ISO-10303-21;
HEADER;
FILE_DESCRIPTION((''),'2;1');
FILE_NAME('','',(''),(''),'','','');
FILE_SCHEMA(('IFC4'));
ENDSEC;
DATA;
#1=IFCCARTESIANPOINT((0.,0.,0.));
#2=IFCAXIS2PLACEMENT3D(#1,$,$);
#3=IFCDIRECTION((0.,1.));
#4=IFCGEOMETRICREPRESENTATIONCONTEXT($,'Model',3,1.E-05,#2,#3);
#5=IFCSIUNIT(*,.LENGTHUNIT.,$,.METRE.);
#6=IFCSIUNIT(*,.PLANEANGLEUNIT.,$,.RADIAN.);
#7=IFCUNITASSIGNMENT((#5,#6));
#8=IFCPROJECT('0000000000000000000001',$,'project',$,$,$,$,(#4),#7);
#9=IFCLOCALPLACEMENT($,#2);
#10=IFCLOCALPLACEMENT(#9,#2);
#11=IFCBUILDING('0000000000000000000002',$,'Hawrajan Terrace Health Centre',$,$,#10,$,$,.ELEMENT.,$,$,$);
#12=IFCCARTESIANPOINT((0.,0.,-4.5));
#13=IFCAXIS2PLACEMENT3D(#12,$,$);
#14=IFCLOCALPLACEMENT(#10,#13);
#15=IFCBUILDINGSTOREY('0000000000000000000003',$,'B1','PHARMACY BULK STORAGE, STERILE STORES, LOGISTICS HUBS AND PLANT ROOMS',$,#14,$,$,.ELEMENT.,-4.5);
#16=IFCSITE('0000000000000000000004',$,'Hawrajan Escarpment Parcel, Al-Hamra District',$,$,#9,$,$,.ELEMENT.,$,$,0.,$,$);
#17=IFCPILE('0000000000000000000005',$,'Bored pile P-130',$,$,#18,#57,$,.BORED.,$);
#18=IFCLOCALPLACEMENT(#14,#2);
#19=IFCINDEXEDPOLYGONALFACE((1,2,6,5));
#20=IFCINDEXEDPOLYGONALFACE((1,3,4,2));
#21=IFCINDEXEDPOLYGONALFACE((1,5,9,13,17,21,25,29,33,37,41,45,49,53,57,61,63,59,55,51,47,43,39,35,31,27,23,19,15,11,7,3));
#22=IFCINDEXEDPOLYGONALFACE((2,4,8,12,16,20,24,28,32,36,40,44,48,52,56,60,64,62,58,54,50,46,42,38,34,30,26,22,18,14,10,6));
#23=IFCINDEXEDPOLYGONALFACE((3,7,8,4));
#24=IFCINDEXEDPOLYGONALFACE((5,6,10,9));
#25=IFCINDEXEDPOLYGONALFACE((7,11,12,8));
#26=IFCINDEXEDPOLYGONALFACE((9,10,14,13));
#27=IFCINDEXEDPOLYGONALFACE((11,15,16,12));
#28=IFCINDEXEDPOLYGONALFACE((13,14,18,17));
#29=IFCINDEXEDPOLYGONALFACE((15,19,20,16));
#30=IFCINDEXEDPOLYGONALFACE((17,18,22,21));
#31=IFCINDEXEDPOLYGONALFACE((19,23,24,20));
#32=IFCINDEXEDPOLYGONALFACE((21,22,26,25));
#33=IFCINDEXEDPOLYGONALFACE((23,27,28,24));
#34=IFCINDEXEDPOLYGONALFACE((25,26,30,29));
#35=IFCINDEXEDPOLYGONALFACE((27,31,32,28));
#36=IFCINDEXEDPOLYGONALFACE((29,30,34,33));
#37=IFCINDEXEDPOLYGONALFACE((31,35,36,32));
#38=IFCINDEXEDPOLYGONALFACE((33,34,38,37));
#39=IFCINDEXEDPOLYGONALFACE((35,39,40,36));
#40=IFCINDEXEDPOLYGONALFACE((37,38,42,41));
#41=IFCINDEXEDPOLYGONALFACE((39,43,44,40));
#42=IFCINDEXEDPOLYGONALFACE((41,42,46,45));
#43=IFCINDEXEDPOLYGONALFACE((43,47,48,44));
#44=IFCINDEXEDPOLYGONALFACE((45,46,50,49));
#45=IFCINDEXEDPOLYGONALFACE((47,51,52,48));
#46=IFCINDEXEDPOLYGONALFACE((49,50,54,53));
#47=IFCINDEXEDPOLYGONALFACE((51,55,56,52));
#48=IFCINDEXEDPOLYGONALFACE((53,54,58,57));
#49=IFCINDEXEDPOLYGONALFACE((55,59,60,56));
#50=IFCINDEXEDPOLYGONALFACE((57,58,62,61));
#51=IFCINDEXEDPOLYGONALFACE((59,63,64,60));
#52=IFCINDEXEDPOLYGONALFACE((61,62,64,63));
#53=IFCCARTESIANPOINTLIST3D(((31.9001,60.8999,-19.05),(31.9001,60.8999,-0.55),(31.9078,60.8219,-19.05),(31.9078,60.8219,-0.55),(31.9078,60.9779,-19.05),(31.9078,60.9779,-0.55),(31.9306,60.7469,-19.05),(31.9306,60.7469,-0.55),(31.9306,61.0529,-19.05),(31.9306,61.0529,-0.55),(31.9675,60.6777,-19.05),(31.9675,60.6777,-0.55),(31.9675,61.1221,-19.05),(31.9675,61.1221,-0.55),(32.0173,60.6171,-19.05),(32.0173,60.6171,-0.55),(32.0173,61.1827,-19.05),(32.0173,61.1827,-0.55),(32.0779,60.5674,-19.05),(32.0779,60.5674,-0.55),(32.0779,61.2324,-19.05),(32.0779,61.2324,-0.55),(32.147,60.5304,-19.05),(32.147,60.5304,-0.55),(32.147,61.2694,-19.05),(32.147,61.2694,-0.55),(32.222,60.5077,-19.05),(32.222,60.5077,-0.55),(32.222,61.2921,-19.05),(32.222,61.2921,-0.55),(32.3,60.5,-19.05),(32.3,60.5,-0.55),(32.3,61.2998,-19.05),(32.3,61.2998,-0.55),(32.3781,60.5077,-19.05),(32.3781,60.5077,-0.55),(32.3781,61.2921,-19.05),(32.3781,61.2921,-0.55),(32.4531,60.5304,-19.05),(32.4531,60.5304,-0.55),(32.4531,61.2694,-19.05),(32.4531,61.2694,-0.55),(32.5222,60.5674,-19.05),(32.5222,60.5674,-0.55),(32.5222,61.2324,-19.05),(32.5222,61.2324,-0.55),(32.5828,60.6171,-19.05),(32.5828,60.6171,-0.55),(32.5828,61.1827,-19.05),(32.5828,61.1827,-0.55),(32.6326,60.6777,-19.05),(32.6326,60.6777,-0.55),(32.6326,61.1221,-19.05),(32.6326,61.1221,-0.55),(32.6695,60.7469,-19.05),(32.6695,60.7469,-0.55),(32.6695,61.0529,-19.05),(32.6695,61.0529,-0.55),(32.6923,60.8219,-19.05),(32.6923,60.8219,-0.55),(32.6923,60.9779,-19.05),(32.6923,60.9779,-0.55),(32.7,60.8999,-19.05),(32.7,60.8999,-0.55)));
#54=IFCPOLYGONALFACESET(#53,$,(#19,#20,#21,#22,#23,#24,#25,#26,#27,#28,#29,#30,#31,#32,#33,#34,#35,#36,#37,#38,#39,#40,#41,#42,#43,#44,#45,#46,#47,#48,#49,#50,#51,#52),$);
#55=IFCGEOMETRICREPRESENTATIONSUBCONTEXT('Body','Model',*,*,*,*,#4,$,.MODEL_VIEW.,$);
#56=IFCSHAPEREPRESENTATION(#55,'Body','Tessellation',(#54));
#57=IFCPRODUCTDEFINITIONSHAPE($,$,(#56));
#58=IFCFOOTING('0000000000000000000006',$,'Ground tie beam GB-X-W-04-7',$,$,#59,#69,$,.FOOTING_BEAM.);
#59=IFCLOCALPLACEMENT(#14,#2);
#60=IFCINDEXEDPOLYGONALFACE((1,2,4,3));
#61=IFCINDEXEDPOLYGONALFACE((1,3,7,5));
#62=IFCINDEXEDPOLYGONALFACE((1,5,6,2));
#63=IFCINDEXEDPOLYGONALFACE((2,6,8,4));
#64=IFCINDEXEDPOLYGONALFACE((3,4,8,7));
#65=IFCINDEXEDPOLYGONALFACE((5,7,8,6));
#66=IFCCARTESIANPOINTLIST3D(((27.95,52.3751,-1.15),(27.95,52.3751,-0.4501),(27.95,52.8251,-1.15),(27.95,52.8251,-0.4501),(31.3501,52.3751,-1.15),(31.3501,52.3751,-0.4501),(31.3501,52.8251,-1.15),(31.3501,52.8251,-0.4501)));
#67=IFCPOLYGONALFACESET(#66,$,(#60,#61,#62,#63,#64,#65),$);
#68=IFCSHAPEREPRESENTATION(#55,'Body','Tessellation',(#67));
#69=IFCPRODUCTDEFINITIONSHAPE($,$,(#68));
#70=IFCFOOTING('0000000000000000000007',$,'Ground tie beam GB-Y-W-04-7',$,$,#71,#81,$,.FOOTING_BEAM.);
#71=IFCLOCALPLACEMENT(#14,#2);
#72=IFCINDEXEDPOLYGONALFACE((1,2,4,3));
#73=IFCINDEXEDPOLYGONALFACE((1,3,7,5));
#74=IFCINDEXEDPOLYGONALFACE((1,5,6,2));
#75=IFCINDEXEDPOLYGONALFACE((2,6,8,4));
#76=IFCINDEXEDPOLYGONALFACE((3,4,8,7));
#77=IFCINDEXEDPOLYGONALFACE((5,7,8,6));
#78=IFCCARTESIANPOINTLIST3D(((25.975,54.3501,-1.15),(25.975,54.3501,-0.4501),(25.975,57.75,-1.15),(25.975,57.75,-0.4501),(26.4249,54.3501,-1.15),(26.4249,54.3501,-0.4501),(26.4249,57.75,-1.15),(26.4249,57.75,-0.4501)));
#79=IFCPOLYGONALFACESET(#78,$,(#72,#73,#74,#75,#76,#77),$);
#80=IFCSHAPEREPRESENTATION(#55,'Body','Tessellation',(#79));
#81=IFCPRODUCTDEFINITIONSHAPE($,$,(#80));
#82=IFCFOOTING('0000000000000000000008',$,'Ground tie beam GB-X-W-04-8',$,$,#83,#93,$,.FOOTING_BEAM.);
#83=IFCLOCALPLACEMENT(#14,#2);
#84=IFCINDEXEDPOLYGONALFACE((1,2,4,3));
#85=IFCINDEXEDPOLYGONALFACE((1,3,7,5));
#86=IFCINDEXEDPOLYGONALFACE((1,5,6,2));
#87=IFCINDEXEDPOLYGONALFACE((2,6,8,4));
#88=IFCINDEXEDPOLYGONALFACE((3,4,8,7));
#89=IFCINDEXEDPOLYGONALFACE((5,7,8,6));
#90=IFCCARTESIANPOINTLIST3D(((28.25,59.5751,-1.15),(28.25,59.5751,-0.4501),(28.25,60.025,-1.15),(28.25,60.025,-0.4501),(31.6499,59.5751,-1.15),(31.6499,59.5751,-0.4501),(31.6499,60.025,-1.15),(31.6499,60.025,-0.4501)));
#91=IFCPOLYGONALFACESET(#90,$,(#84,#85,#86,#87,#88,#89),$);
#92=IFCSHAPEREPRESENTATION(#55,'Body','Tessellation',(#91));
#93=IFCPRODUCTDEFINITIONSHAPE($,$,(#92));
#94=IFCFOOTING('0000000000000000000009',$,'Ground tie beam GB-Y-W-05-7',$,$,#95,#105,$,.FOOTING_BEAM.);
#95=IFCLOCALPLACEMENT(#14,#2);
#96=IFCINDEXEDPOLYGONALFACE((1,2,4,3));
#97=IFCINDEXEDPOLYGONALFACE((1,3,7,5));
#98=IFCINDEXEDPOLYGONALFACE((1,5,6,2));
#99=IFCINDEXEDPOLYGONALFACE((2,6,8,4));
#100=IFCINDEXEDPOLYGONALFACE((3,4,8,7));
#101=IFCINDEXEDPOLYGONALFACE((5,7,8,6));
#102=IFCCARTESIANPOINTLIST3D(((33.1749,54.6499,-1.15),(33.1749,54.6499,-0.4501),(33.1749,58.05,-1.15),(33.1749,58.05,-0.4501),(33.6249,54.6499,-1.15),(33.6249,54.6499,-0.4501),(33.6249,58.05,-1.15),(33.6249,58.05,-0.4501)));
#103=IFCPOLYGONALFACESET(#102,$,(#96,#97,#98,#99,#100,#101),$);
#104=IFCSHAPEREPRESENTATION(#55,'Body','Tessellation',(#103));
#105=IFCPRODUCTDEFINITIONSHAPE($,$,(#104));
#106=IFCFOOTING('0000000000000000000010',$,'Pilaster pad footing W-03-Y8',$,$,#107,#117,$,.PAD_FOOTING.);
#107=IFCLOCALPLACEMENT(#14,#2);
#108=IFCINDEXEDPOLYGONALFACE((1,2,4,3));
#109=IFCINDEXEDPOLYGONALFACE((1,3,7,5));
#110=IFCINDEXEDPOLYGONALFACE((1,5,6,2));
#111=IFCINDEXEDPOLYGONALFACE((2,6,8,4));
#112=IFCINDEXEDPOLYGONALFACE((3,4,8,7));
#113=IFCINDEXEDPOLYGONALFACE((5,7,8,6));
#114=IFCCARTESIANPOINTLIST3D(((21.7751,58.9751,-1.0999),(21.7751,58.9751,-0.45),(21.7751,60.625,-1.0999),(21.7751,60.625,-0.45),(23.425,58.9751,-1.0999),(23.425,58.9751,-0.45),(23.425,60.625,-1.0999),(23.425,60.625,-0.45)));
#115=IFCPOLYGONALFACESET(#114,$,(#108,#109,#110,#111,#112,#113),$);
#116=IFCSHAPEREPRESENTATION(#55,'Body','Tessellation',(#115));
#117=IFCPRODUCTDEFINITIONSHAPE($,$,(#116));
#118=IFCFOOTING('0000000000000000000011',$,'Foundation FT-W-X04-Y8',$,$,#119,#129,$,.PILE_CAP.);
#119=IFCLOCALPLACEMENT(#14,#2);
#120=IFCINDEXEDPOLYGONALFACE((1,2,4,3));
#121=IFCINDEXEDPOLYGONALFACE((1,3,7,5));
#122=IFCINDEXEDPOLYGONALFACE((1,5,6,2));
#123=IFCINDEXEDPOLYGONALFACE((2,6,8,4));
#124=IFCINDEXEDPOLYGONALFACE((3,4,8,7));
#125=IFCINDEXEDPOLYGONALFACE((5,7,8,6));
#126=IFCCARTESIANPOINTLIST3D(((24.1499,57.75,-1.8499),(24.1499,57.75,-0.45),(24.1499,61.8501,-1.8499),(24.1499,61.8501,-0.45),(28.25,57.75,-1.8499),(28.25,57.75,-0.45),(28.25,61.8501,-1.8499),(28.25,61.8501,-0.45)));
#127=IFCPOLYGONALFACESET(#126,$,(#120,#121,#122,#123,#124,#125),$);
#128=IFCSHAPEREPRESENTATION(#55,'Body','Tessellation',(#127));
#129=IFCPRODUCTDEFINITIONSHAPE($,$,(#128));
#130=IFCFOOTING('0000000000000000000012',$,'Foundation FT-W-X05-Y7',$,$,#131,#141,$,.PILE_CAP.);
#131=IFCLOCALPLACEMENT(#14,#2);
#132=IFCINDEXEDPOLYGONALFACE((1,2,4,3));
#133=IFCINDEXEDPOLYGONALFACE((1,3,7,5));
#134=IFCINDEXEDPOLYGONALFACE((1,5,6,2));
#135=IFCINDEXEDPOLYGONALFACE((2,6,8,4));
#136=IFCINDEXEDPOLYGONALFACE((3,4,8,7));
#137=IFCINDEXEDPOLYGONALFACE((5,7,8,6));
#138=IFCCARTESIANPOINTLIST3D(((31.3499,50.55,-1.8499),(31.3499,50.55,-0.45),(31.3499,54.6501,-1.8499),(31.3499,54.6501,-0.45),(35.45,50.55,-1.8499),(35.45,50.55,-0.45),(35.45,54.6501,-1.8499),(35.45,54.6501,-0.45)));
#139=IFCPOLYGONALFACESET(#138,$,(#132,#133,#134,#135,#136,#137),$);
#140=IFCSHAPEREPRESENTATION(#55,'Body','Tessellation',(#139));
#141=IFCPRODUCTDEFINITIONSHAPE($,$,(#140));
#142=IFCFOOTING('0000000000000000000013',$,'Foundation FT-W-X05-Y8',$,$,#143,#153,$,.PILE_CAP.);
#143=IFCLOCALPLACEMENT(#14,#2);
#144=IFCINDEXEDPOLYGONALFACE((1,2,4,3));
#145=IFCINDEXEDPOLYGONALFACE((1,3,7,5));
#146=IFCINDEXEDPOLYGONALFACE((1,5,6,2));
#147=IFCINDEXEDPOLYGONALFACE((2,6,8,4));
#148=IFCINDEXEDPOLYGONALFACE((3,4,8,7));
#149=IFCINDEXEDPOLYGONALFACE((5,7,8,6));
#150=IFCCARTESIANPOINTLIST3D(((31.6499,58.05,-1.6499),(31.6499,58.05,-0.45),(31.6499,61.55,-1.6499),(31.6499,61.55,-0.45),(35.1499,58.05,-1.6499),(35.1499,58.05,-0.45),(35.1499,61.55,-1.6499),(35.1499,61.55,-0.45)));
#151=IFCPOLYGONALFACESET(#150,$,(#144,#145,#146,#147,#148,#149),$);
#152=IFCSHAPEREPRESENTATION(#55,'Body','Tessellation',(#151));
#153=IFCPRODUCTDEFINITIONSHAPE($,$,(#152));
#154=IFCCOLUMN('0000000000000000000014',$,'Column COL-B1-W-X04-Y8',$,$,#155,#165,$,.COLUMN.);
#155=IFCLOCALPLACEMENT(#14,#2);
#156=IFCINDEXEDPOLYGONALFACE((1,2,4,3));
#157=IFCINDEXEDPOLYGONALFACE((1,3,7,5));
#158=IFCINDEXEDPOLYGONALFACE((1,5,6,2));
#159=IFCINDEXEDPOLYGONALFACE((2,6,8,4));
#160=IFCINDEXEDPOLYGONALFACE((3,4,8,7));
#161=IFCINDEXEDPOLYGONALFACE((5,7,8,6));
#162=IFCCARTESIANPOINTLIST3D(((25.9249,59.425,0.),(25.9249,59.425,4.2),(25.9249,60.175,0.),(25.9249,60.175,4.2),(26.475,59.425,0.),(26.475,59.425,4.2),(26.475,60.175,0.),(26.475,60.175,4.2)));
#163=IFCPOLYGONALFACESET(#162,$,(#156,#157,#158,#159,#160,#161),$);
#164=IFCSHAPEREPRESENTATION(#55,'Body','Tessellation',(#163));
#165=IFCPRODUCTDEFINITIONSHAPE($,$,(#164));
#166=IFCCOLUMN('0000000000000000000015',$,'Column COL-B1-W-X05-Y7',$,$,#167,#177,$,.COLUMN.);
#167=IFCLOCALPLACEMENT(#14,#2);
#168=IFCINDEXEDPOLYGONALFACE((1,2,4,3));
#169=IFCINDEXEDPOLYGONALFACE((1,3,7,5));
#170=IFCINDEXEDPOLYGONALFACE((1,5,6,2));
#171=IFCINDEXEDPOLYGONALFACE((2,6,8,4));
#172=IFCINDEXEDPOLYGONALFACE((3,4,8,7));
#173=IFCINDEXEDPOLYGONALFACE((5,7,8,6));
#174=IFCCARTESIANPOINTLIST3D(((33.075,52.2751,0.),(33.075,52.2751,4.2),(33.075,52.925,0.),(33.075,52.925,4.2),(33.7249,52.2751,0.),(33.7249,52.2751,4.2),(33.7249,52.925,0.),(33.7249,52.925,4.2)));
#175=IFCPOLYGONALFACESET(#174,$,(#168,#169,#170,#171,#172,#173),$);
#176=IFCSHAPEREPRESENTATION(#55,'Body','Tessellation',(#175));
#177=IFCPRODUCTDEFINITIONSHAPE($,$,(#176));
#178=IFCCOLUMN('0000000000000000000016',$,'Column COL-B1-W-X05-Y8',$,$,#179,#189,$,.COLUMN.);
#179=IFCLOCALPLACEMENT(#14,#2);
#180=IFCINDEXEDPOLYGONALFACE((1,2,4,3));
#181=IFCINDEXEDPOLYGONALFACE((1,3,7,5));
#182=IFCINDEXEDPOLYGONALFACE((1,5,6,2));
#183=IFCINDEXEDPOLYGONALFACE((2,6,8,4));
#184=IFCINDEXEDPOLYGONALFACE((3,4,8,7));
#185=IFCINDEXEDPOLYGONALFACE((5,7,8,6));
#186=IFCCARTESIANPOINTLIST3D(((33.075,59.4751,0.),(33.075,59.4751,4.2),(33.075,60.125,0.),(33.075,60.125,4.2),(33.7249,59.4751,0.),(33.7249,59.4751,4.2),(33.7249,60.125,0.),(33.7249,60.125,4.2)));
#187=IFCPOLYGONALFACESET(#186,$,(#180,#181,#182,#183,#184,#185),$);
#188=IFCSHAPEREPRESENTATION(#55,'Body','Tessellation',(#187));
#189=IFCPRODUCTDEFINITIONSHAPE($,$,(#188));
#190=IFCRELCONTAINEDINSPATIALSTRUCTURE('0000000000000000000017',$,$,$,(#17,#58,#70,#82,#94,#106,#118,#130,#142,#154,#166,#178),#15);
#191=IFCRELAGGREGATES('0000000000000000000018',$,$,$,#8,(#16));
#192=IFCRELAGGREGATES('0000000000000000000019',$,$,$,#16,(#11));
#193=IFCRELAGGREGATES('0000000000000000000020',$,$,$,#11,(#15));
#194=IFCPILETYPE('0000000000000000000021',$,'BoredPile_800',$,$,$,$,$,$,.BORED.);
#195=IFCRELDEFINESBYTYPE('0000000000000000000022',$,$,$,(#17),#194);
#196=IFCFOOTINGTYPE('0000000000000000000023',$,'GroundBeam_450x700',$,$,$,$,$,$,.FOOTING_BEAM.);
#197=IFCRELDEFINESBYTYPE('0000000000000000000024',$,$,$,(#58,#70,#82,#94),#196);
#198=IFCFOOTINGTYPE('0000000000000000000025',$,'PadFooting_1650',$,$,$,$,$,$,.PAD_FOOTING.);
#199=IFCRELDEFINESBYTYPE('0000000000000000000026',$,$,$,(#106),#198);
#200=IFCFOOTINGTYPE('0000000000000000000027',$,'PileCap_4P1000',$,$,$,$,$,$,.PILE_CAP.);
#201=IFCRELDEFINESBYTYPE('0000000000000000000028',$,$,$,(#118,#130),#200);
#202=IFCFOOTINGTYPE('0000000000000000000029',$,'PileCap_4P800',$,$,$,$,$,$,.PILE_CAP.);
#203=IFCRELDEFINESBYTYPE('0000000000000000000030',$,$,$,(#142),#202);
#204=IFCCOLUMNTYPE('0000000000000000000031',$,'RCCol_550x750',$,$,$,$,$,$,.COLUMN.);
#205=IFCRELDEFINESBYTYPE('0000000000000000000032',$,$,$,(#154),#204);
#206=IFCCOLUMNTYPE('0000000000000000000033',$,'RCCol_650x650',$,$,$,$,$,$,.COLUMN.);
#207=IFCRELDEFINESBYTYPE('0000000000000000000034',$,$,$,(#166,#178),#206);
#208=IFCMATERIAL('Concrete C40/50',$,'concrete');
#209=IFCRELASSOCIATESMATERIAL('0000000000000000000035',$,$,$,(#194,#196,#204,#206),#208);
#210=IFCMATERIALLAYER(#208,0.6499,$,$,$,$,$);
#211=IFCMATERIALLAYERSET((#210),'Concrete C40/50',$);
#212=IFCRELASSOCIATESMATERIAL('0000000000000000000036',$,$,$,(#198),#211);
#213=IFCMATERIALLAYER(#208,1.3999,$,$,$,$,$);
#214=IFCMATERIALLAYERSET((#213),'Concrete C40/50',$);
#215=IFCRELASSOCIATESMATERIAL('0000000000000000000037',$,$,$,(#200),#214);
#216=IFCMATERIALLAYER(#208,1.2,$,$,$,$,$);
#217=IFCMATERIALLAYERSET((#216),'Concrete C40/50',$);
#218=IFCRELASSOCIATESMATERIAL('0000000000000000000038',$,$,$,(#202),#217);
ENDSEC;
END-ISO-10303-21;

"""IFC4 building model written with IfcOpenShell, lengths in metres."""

from ifc_helpers import new_model, si_unit, direction, frame, origin, origin_2d, place, context, subcontext, project, spatial, rectangle, circle, extrude, material, layer, layer_set, material_profile, profile_set, type_object, element, save


model = new_model("IFC4")

# Units and contexts
model_context = context("Model", 3, precision=1e-05, world=origin(), true_north=direction((0.0, 1.0)))
body_context = subcontext(model_context, "Body", "Model", "MODEL_VIEW")
ifc_project = project(units=[si_unit("LENGTHUNIT", "METRE"), si_unit("PLANEANGLEUNIT", "RADIAN")], contexts=[model_context])

# Site, building, storey
site_placement = place(None, origin())
site = spatial("IfcSite", under=ifc_project, at=site_placement, Name="Hawrajan Escarpment Parcel, Al-Hamra District", CompositionType="ELEMENT", RefElevation=0.0)
building_placement = place(site_placement, origin())
building = spatial("IfcBuilding", under=site, at=building_placement, Name="Hawrajan Terrace Health Centre", CompositionType="ELEMENT")
storey_placement = place(building_placement, frame((0.0, 0.0, -4.5)))
storey = spatial("IfcBuildingStorey", under=building, at=storey_placement, Name="B1", Description="PHARMACY BULK STORAGE, STERILE STORES, LOGISTICS HUBS AND PLANT ROOMS", CompositionType="ELEMENT", Elevation=-4.5)

# Pile
ifc_material_1 = material(Name="Concrete C40/50", Category="concrete")
ifc_material_profile_1 = material_profile(ifc_material_1, circle(Radius=0.3999, at=origin_2d()), Name="BP 800")
ifc_profile_set_1 = profile_set([ifc_material_profile_1], Name="Concrete C40/50")
pile_type_1 = type_object("IfcPileType", Name="BoredPile_800", PredefinedType="BORED", material=ifc_profile_set_1)
for number, where, z_axis, x_axis, name in (
    (1, (32.3, 60.8999, -0.55), (0.0, 0.0, -1.0), (1.0, 0.0, 0.0), "Bored pile P-130"),
):
    element("IfcPile", number, at=place(storey_placement, frame(where, z_axis=z_axis, x_axis=x_axis)), inside=storey, type_object=pile_type_1, Name=name, PredefinedType="BORED", context=body_context, shape_type="SweptSolid", body=[
        extrude(circle(Radius=0.3999, at=origin_2d()), origin(), (0.0, 0.0, 1.0), 18.5),
    ])

# Footings
ifc_material_profile_2 = material_profile(ifc_material_1, rectangle(XDim=0.45, YDim=0.7, at=origin_2d()), Name="RC BM 450x700")
ifc_profile_set_2 = profile_set([ifc_material_profile_2], Name="Concrete C40/50")
footing_type_1 = type_object("IfcFootingType", Name="GroundBeam_450x700", PredefinedType="FOOTING_BEAM", material=ifc_profile_set_2)
footing_1_placement = place(storey_placement, frame((27.95, 52.6001, -0.8), z_axis=(1.0, 0.0, 0.0), x_axis=(0.0, 1.0, 0.0)))
element("IfcFooting", 2, at=footing_1_placement, inside=storey, type_object=footing_type_1, Name="Ground tie beam GB-X-W-04-7", PredefinedType="FOOTING_BEAM", context=body_context, shape_type="SweptSolid", body=[
    extrude(rectangle(XDim=0.45, YDim=0.7, at=origin_2d()), origin(), (0.0, 0.0, 1.0), 3.4001),
])
for number, where, z_axis, x_axis, name in (
    (3, (26.2, 54.3501, -0.8), (0.0, 1.0, 0.0), (-1.0, 0.0, 0.0), "Ground tie beam GB-Y-W-04-7"),
    (4, (28.25, 59.8, -0.8), (1.0, 0.0, 0.0), (0.0, 1.0, 0.0), "Ground tie beam GB-X-W-04-8"),
):
    element("IfcFooting", number, at=place(storey_placement, frame(where, z_axis=z_axis, x_axis=x_axis)), inside=storey, type_object=footing_type_1, Name=name, PredefinedType="FOOTING_BEAM", context=body_context, shape_type="SweptSolid", body=[
        extrude(rectangle(XDim=0.45, YDim=0.7, at=origin_2d()), origin(), (0.0, 0.0, 1.0), 3.3999),
    ])
footing_2_placement = place(storey_placement, frame((33.3999, 54.6499, -0.8), z_axis=(0.0, 1.0, 0.0), x_axis=(-1.0, 0.0, 0.0)))
element("IfcFooting", 5, at=footing_2_placement, inside=storey, type_object=footing_type_1, Name="Ground tie beam GB-Y-W-05-7", PredefinedType="FOOTING_BEAM", context=body_context, shape_type="SweptSolid", body=[
    extrude(rectangle(XDim=0.45, YDim=0.7, at=origin_2d()), origin(), (0.0, 0.0, 1.0), 3.4001),
])
ifc_layer_1 = layer(ifc_material_1, 0.6499)
ifc_layer_set_1 = layer_set([ifc_layer_1], Name="Concrete C40/50")
footing_type_2 = type_object("IfcFootingType", Name="PadFooting_1650", PredefinedType="PAD_FOOTING", material=ifc_layer_set_1)
footing_3_placement = place(storey_placement, frame((22.6001, 59.8, -1.0999), z_axis=(0.0, 0.0, 1.0), x_axis=(1.0, 0.0, 0.0)))
element("IfcFooting", 6, at=footing_3_placement, inside=storey, type_object=footing_type_2, Name="Pilaster pad footing W-03-Y8", PredefinedType="PAD_FOOTING", context=body_context, shape_type="SweptSolid", body=[
    extrude(rectangle(XDim=1.6499, YDim=1.6499, at=origin_2d()), origin(), (0.0, 0.0, 1.0), 0.6499),
])
ifc_layer_2 = layer(ifc_material_1, 1.3999)
ifc_layer_set_2 = layer_set([ifc_layer_2], Name="Concrete C40/50")
footing_type_3 = type_object("IfcFootingType", Name="PileCap_4P1000", PredefinedType="PILE_CAP", material=ifc_layer_set_2)
for number, where, z_axis, x_axis, name in (
    (7, (26.2, 59.8, -1.8499), (0.0, 0.0, 1.0), (1.0, 0.0, 0.0), "Foundation FT-W-X04-Y8"),
    (8, (33.3999, 52.6001, -1.8499), (0.0, 0.0, 1.0), (1.0, 0.0, 0.0), "Foundation FT-W-X05-Y7"),
):
    element("IfcFooting", number, at=place(storey_placement, frame(where, z_axis=z_axis, x_axis=x_axis)), inside=storey, type_object=footing_type_3, Name=name, PredefinedType="PILE_CAP", context=body_context, shape_type="SweptSolid", body=[
        extrude(rectangle(XDim=4.1001, YDim=4.1001, at=origin_2d()), origin(), (0.0, 0.0, 1.0), 1.3999),
    ])
ifc_layer_3 = layer(ifc_material_1, 1.2)
ifc_layer_set_3 = layer_set([ifc_layer_3], Name="Concrete C40/50")
footing_type_4 = type_object("IfcFootingType", Name="PileCap_4P800", PredefinedType="PILE_CAP", material=ifc_layer_set_3)
footing_4_placement = place(storey_placement, frame((33.3999, 59.8, -1.6499), z_axis=(0.0, 0.0, 1.0), x_axis=(1.0, 0.0, 0.0)))
element("IfcFooting", 9, at=footing_4_placement, inside=storey, type_object=footing_type_4, Name="Foundation FT-W-X05-Y8", PredefinedType="PILE_CAP", context=body_context, shape_type="SweptSolid", body=[
    extrude(rectangle(XDim=3.5, YDim=3.5, at=origin_2d()), origin(), (0.0, 0.0, 1.0), 1.2),
])

# Columns
ifc_material_profile_3 = material_profile(ifc_material_1, rectangle(XDim=0.55, YDim=0.75, at=origin_2d()), Name="RC 550x750")
ifc_profile_set_3 = profile_set([ifc_material_profile_3], Name="Concrete C40/50")
column_type_1 = type_object("IfcColumnType", Name="RCCol_550x750", PredefinedType="COLUMN", material=ifc_profile_set_3)
column_1_placement = place(storey_placement, frame((26.2, 59.8, 0.0), z_axis=(0.0, 0.0, 1.0), x_axis=(1.0, 0.0, 0.0)))
element("IfcColumn", 10, at=column_1_placement, inside=storey, type_object=column_type_1, Name="Column COL-B1-W-X04-Y8", PredefinedType="COLUMN", context=body_context, shape_type="SweptSolid", body=[
    extrude(rectangle(XDim=0.55, YDim=0.75, at=origin_2d()), origin(), (0.0, 0.0, 1.0), 4.2),
])
ifc_material_profile_4 = material_profile(ifc_material_1, rectangle(XDim=0.6499, YDim=0.6499, at=origin_2d()), Name="RC 650x650")
ifc_profile_set_4 = profile_set([ifc_material_profile_4], Name="Concrete C40/50")
column_type_2 = type_object("IfcColumnType", Name="RCCol_650x650", PredefinedType="COLUMN", material=ifc_profile_set_4)
for number, where, z_axis, x_axis, name in (
    (11, (33.3999, 52.6001, 0.0), (0.0, 0.0, 1.0), (1.0, 0.0, 0.0), "Column COL-B1-W-X05-Y7"),
    (12, (33.3999, 59.8, 0.0), (0.0, 0.0, 1.0), (1.0, 0.0, 0.0), "Column COL-B1-W-X05-Y8"),
):
    element("IfcColumn", number, at=place(storey_placement, frame(where, z_axis=z_axis, x_axis=x_axis)), inside=storey, type_object=column_type_2, Name=name, PredefinedType="COLUMN", context=body_context, shape_type="SweptSolid", body=[
        extrude(rectangle(XDim=0.6499, YDim=0.6499, at=origin_2d()), origin(), (0.0, 0.0, 1.0), 4.2),
    ])

save(model, "model.ifc")
